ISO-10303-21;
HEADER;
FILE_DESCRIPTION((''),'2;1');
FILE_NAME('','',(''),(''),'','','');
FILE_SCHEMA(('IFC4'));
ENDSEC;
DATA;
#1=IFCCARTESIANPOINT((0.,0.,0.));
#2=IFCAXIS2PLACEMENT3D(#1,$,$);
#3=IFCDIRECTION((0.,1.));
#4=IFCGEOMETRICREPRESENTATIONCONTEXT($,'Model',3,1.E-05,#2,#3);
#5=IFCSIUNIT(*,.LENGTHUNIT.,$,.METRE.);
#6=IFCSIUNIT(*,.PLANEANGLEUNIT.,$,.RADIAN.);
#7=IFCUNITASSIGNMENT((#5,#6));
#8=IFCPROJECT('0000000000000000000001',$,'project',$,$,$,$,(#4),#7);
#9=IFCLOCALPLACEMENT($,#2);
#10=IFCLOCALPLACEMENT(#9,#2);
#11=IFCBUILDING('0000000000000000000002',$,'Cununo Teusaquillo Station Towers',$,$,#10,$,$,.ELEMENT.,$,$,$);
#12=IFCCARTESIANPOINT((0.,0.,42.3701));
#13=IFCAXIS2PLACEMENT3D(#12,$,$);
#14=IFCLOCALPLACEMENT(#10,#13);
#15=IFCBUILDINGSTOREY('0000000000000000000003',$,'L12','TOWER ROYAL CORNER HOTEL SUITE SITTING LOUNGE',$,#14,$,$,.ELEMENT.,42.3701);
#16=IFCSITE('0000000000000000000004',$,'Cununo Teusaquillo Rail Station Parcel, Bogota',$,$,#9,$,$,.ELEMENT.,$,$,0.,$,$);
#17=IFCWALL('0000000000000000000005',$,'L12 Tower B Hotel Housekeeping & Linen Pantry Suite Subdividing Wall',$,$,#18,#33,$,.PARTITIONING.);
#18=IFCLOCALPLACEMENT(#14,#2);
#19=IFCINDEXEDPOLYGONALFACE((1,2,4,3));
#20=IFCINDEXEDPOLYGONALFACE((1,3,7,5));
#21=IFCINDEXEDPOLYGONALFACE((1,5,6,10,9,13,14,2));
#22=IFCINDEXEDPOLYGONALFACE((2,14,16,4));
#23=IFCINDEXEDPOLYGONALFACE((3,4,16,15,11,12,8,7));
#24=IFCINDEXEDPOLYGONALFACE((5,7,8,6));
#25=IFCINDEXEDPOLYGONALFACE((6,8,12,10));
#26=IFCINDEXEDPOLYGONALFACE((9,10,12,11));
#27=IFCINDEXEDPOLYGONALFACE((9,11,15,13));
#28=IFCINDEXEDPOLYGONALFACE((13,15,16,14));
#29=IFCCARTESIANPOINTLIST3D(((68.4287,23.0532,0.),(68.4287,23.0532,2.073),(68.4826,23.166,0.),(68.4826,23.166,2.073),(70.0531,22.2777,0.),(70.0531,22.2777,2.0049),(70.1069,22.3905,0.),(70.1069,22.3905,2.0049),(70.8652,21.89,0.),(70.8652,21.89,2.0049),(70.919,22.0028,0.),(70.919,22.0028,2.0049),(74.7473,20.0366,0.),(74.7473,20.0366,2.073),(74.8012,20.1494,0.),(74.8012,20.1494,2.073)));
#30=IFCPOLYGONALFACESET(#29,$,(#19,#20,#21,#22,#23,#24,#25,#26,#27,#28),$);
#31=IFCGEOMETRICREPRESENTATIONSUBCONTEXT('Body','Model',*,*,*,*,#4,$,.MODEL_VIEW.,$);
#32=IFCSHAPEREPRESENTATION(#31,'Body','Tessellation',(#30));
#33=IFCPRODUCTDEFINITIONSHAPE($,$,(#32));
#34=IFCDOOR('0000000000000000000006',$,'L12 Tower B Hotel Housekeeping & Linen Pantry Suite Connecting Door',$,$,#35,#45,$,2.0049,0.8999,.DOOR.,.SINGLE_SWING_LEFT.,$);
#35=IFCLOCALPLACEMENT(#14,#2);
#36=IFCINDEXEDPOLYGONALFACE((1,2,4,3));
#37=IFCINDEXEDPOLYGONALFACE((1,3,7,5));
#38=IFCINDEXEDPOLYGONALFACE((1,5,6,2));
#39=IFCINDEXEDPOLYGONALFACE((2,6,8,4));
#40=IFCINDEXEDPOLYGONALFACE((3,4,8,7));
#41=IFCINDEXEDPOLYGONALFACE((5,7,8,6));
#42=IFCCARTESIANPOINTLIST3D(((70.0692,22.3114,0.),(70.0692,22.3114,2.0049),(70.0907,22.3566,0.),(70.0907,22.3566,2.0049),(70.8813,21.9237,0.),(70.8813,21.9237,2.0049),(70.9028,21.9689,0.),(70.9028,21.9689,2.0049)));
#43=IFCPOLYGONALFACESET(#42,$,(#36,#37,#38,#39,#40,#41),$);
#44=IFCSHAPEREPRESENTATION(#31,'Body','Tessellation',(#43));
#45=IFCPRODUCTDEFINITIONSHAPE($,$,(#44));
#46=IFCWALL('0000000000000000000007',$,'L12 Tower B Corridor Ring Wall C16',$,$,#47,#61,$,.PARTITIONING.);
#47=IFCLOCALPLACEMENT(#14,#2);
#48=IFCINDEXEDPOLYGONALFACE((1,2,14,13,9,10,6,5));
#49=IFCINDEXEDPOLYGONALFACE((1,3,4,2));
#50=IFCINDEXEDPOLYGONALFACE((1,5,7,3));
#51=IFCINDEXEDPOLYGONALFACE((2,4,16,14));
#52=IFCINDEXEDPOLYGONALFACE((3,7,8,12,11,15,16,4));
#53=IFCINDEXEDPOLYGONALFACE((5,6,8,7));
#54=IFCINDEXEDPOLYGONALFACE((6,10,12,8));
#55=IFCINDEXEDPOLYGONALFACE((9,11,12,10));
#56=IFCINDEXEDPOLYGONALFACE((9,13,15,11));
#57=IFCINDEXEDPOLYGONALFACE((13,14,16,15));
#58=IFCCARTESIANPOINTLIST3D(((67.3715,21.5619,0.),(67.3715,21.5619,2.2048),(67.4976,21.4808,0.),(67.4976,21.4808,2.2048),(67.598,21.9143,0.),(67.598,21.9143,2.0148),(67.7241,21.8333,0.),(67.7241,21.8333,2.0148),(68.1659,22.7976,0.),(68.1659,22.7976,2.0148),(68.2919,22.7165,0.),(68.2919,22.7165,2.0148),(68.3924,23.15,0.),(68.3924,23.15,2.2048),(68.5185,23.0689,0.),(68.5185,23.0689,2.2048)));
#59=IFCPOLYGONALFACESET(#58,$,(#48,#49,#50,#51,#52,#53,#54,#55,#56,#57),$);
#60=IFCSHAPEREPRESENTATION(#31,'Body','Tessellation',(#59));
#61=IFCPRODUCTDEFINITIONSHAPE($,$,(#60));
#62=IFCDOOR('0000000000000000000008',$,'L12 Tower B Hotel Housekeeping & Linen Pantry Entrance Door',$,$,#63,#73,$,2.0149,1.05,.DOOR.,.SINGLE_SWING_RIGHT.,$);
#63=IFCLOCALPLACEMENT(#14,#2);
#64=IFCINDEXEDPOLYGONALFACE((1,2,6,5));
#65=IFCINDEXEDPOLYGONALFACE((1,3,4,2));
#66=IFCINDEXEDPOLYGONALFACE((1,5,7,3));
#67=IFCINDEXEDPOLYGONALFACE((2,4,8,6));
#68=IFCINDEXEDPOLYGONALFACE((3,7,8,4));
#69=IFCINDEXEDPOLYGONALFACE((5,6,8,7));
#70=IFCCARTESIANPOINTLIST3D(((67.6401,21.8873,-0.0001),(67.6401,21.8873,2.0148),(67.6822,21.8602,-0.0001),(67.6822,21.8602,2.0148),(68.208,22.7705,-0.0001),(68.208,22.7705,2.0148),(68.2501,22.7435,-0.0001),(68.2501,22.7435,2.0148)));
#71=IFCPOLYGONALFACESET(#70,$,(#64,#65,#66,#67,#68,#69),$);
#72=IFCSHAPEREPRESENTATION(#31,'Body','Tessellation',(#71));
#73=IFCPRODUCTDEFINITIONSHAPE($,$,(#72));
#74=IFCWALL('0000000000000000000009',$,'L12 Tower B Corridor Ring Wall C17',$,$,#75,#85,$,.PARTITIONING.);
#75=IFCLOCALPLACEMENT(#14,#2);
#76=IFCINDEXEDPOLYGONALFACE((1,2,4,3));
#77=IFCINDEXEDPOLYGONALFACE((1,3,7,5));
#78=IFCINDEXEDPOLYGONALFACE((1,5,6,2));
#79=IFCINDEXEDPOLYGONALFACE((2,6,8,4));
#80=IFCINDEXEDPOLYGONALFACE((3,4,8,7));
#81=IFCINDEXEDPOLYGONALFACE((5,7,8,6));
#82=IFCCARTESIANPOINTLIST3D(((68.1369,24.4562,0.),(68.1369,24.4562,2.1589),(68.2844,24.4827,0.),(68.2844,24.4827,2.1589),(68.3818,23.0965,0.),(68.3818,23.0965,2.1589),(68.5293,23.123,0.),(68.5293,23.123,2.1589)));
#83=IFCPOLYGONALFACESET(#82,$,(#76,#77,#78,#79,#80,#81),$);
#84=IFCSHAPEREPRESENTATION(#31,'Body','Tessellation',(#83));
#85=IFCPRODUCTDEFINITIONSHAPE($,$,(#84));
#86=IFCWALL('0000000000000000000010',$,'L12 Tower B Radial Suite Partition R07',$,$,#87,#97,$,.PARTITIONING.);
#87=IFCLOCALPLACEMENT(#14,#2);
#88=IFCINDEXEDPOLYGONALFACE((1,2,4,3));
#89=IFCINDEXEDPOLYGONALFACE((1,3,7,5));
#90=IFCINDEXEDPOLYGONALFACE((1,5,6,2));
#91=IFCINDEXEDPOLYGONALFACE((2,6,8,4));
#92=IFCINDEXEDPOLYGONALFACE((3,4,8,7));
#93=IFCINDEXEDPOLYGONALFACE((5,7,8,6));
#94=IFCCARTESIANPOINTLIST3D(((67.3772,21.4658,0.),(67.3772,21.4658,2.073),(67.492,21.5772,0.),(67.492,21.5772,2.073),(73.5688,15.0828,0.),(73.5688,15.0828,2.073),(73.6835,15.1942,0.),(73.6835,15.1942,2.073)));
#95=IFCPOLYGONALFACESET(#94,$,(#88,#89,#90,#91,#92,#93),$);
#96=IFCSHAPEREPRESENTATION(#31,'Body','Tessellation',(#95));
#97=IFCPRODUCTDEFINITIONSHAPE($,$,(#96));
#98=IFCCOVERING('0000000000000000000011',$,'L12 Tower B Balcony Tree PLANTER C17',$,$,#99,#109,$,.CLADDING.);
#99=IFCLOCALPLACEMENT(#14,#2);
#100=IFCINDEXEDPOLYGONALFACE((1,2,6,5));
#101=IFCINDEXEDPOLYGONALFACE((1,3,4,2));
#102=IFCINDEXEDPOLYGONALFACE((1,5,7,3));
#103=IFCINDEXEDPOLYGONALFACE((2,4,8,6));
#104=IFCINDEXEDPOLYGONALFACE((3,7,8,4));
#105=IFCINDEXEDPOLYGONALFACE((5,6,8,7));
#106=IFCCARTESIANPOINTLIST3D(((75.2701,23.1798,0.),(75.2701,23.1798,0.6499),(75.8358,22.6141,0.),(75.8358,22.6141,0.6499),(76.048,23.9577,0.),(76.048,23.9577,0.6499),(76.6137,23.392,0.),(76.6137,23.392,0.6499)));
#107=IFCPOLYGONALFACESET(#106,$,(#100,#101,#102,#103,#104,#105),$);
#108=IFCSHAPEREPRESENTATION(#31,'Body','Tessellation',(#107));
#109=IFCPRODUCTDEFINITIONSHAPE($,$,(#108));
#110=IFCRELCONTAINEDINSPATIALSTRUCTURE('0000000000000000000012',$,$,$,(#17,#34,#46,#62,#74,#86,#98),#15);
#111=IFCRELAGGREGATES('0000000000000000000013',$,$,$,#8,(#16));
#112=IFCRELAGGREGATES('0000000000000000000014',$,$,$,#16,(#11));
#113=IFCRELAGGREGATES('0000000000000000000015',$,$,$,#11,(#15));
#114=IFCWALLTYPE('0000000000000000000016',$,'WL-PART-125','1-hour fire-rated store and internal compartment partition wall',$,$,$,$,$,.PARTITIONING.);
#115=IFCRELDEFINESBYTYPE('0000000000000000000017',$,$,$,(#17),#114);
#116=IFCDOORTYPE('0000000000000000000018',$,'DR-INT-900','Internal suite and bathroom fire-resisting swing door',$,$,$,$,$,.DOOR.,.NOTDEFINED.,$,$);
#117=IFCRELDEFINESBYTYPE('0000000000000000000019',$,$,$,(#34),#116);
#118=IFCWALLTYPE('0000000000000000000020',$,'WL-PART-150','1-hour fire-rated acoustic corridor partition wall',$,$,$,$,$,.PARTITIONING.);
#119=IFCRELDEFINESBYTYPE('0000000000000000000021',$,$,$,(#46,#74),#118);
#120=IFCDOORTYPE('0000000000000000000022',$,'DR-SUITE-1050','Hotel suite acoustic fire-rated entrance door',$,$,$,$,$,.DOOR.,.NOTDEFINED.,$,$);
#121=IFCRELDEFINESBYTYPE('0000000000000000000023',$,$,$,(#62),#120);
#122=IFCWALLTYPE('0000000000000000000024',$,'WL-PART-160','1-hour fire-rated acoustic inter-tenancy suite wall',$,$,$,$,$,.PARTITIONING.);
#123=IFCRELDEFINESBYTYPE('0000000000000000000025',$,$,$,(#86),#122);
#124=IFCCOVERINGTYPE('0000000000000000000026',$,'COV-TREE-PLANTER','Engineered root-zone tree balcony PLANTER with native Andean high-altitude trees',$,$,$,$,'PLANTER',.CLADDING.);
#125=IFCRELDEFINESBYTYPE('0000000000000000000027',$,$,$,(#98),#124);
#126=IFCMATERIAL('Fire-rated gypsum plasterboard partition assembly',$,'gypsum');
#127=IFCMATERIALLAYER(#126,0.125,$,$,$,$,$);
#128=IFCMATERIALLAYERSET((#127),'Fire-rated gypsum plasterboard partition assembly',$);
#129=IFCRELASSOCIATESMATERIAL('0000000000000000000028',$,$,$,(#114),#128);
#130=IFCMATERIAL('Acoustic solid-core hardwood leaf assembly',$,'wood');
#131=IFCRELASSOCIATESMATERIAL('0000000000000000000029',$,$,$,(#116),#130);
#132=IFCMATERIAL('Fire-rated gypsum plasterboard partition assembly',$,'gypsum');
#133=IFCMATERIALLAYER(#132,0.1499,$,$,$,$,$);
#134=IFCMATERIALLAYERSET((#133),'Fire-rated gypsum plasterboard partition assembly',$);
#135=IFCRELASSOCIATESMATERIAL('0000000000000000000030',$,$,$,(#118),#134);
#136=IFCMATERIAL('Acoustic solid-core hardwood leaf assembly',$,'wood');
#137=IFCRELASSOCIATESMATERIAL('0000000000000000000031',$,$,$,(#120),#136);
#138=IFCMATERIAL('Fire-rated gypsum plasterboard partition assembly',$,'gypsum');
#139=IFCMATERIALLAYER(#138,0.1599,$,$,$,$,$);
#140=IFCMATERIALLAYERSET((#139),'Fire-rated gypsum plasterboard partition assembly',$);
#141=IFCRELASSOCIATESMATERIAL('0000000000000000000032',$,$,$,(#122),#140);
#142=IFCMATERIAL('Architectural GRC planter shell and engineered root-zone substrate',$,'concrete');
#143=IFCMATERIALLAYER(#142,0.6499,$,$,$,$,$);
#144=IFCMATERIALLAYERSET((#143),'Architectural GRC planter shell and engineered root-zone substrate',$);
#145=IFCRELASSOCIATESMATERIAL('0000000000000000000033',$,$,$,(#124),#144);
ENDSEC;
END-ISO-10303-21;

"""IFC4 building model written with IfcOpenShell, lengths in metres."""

from ifc_helpers import new_model, si_unit, direction, frame, frame_2d, origin, origin_2d, place, context, subcontext, project, spatial, rectangle, extrude, source, transform, mapped, material, layer, layer_set, type_object, element, fill, save


model = new_model("IFC4")

# Units and contexts
model_context = context("Model", 3, precision=1e-05, world=origin(), true_north=direction((0.0, 1.0)))
body_context = subcontext(model_context, "Body", "Model", "MODEL_VIEW")
ifc_project = project(units=[si_unit("LENGTHUNIT", "METRE"), si_unit("PLANEANGLEUNIT", "RADIAN")], contexts=[model_context])

# Site, building, storey
site_placement = place(None, origin())
site = spatial("IfcSite", under=ifc_project, at=site_placement, Name="Cununo Teusaquillo Rail Station Parcel, Bogota", CompositionType="ELEMENT", RefElevation=0.0)
building_placement = place(site_placement, origin())
building = spatial("IfcBuilding", under=site, at=building_placement, Name="Cununo Teusaquillo Station Towers", CompositionType="ELEMENT")
storey_placement = place(building_placement, frame((0.0, 0.0, 42.3701)))
storey = spatial("IfcBuildingStorey", under=building, at=storey_placement, Name="L12", Description="TOWER ROYAL CORNER HOTEL SUITE SITTING LOUNGE", CompositionType="ELEMENT", Elevation=42.3701)

# Shared definitions
ifc_material_1 = material(Name="Fire-rated gypsum plasterboard partition assembly", Category="gypsum")
ifc_layer_1 = layer(ifc_material_1, 0.125)
ifc_layer_set_1 = layer_set([ifc_layer_1], Name="Fire-rated gypsum plasterboard partition assembly")
wall_type_1 = type_object("IfcWallType", Name="WL-PART-125", Description="1-hour fire-rated store and internal compartment partition wall", PredefinedType="PARTITIONING", material=ifc_layer_set_1)

# Walls, openings, doors
shared_shape_1 = source(origin(), body_context, "Body", "SweptSolid", [
    extrude(rectangle(XDim=0.8999, YDim=2.0049, at=frame_2d((0.45, 1.0024))), frame((0.0, 0.0725, 0.0), z_axis=(0.0, -1.0, 0.0), x_axis=(1.0, 0.0, 0.0)), (0.0, 0.0, 1.0), 0.145),
])
ifc_material_2 = material(Name="Acoustic solid-core hardwood leaf assembly", Category="wood")
door_type_1 = type_object("IfcDoorType", Name="DR-INT-900", Description="Internal suite and bathroom fire-resisting swing door", OperationType="NOTDEFINED", PredefinedType="DOOR", material=ifc_material_2)
shared_shape_2 = source(origin(), body_context, "Body", "SweptSolid", [
    extrude(rectangle(XDim=0.8999, YDim=2.0049, at=frame_2d((0.45, 1.0024))), frame((0.0, 0.0249, 0.0), z_axis=(0.0, -1.0, 0.0), x_axis=(1.0, 0.0, 0.0)), (0.0, 0.0, 1.0), 0.05),
])
wall_1_placement = place(storey_placement, frame((68.4556, 23.1096, 0.0), z_axis=(0.0, 0.0, 1.0), x_axis=(0.902431, -0.430835, 0.0)))
wall_1 = element("IfcWall", 1, at=wall_1_placement, inside=storey, type_object=wall_type_1, Name="L12 Tower B Hotel Housekeeping & Linen Pantry Suite Subdividing Wall", PredefinedType="PARTITIONING", context=body_context, shape_type="SweptSolid", body=[
    extrude(rectangle(XDim=7.0017, YDim=0.125, at=frame_2d((3.501, 0.0))), origin(), (0.0, 0.0, 1.0), 2.073),
])
opening_1_placement = place(wall_1_placement, frame((1.8, 0.0, 0.0)))
opening_1 = element("IfcOpeningElement", 2, at=opening_1_placement, cuts=wall_1, PredefinedType="OPENING", context=body_context, shape_type="MappedRepresentation", body=[
    mapped(shared_shape_1, transform((0.0, 0.0, 0.0), x_axis=(1.0, 0.0, 0.0), y_axis=(0.0, 1.0, 0.0), z_axis=(0.0, 0.0, 1.0), scale=1.0)),
])
door_1_placement = place(opening_1_placement, origin())
door_1 = element("IfcDoor", 3, at=door_1_placement, inside=storey, type_object=door_type_1, Name="L12 Tower B Hotel Housekeeping & Linen Pantry Suite Connecting Door", OperationType="SINGLE_SWING_LEFT", OverallHeight=2.0049, OverallWidth=0.8999, PredefinedType="DOOR", context=body_context, shape_type="MappedRepresentation", body=[
    mapped(shared_shape_2, transform((0.0, 0.0, 0.0), x_axis=(1.0, 0.0, 0.0), y_axis=(0.0, 1.0, 0.0), z_axis=(0.0, 0.0, 1.0), scale=1.0)),
])
fill(opening_1, door_1)
ifc_material_3 = material(Name="Fire-rated gypsum plasterboard partition assembly", Category="gypsum")
ifc_layer_2 = layer(ifc_material_3, 0.1499)
ifc_layer_set_2 = layer_set([ifc_layer_2], Name="Fire-rated gypsum plasterboard partition assembly")
wall_type_2 = type_object("IfcWallType", Name="WL-PART-150", Description="1-hour fire-rated acoustic corridor partition wall", PredefinedType="PARTITIONING", material=ifc_layer_set_2)
wall_2_placement = place(storey_placement, frame((67.4346, 21.5215, 0.0), z_axis=(0.0, 0.0, 1.0), x_axis=(0.540777, 0.841166, 0.0)))
wall_2 = element("IfcWall", 4, at=wall_2_placement, inside=storey, type_object=wall_type_2, Name="L12 Tower B Corridor Ring Wall C16", PredefinedType="PARTITIONING", context=body_context, shape_type="SweptSolid", body=[
    extrude(rectangle(XDim=1.8879, YDim=0.1499, at=frame_2d((0.9438, 0.0))), origin(), (0.0, 0.0, 1.0), 2.2048),
])
shared_shape_3 = source(origin(), body_context, "Body", "SweptSolid", [
    extrude(rectangle(XDim=1.05, YDim=2.0149, at=frame_2d((0.5249, 1.0073))), frame((0.0, 0.085, 0.0), z_axis=(0.0, -1.0, 0.0), x_axis=(1.0, 0.0, 0.0)), (0.0, 0.0, 1.0), 0.1699),
])
opening_2_placement = place(wall_2_placement, frame((0.4189, 0.0, 0.0)))
opening_2 = element("IfcOpeningElement", 5, at=opening_2_placement, cuts=wall_2, PredefinedType="OPENING", context=body_context, shape_type="MappedRepresentation", body=[
    mapped(shared_shape_3, transform((0.0, 0.0, 0.0), x_axis=(1.0, 0.0, 0.0), y_axis=(0.0, 1.0, 0.0), z_axis=(0.0, 0.0, 1.0), scale=1.0)),
])
ifc_material_4 = material(Name="Acoustic solid-core hardwood leaf assembly", Category="wood")
door_type_2 = type_object("IfcDoorType", Name="DR-SUITE-1050", Description="Hotel suite acoustic fire-rated entrance door", OperationType="NOTDEFINED", PredefinedType="DOOR", material=ifc_material_4)
shared_shape_4 = source(origin(), body_context, "Body", "SweptSolid", [
    extrude(rectangle(XDim=1.05, YDim=2.0149, at=frame_2d((0.5249, 1.0073))), frame((0.0, 0.0249, 0.0), z_axis=(0.0, -1.0, 0.0), x_axis=(1.0, 0.0, 0.0)), (0.0, 0.0, 1.0), 0.05),
])
door_2_placement = place(opening_2_placement, origin())
door_2 = element("IfcDoor", 6, at=door_2_placement, inside=storey, type_object=door_type_2, Name="L12 Tower B Hotel Housekeeping & Linen Pantry Entrance Door", OperationType="SINGLE_SWING_RIGHT", OverallHeight=2.0149, OverallWidth=1.05, PredefinedType="DOOR", context=body_context, shape_type="MappedRepresentation", body=[
    mapped(shared_shape_4, transform((0.0, 0.0, 0.0), x_axis=(1.0, 0.0, 0.0), y_axis=(0.0, 1.0, 0.0), z_axis=(0.0, 0.0, 1.0), scale=1.0)),
])
fill(opening_2, door_2)

# Walls
wall_3_placement = place(storey_placement, frame((68.4556, 23.1096, 0.0), z_axis=(0.0, 0.0, 1.0), x_axis=(-0.177252, 0.984165, 0.0)))
element("IfcWall", 7, at=wall_3_placement, inside=storey, type_object=wall_type_2, Name="L12 Tower B Corridor Ring Wall C17", PredefinedType="PARTITIONING", context=body_context, shape_type="SweptSolid", body=[
    extrude(rectangle(XDim=1.3816, YDim=0.1499, at=frame_2d((0.6909, 0.0))), origin(), (0.0, 0.0, 1.0), 2.1589),
])
ifc_material_5 = material(Name="Fire-rated gypsum plasterboard partition assembly", Category="gypsum")
ifc_layer_3 = layer(ifc_material_5, 0.1599)
ifc_layer_set_3 = layer_set([ifc_layer_3], Name="Fire-rated gypsum plasterboard partition assembly")
wall_type_3 = type_object("IfcWallType", Name="WL-PART-160", Description="1-hour fire-rated acoustic inter-tenancy suite wall", PredefinedType="PARTITIONING", material=ifc_layer_set_3)
wall_4_placement = place(storey_placement, frame((67.4346, 21.5215, 0.0), z_axis=(0.0, 0.0, 1.0), x_axis=(0.696263, -0.717787, 0.0)))
element("IfcWall", 8, at=wall_4_placement, inside=storey, type_object=wall_type_3, Name="L12 Tower B Radial Suite Partition R07", PredefinedType="PARTITIONING", context=body_context, shape_type="SweptSolid", body=[
    extrude(rectangle(XDim=8.8926, YDim=0.1599, at=frame_2d((4.4463, 0.0))), origin(), (0.0, 0.0, 1.0), 2.073),
])

# Covering
ifc_material_6 = material(Name="Architectural GRC planter shell and engineered root-zone substrate", Category="concrete")
ifc_layer_4 = layer(ifc_material_6, 0.6499)
ifc_layer_set_4 = layer_set([ifc_layer_4], Name="Architectural GRC planter shell and engineered root-zone substrate")
covering_type = type_object("IfcCoveringType", Name="COV-TREE-PLANTER", Description="Engineered root-zone tree balcony PLANTER with native Andean high-altitude trees", ElementType="PLANTER", PredefinedType="CLADDING", material=ifc_layer_set_4)
shared_shape_5 = source(origin(), body_context, "Body", "SweptSolid", [
    extrude(rectangle(XDim=1.1001, YDim=0.8, at=origin_2d()), origin(), (0.0, 0.0, 1.0), 0.6499),
])
covering_placement = place(storey_placement, frame((75.9419, 23.2859, 0.0), z_axis=(0.0, 0.0, 1.0), x_axis=(0.707107, 0.707107, 0.0)))
element("IfcCovering", 9, at=covering_placement, inside=storey, type_object=covering_type, Name="L12 Tower B Balcony Tree PLANTER C17", PredefinedType="CLADDING", context=body_context, shape_type="MappedRepresentation", body=[
    mapped(shared_shape_5, transform((0.0, 0.0, 0.0), x_axis=(1.0, 0.0, 0.0), y_axis=(0.0, 1.0, 0.0), z_axis=(0.0, 0.0, 1.0), scale=1.0)),
])

save(model, "model.ifc")
